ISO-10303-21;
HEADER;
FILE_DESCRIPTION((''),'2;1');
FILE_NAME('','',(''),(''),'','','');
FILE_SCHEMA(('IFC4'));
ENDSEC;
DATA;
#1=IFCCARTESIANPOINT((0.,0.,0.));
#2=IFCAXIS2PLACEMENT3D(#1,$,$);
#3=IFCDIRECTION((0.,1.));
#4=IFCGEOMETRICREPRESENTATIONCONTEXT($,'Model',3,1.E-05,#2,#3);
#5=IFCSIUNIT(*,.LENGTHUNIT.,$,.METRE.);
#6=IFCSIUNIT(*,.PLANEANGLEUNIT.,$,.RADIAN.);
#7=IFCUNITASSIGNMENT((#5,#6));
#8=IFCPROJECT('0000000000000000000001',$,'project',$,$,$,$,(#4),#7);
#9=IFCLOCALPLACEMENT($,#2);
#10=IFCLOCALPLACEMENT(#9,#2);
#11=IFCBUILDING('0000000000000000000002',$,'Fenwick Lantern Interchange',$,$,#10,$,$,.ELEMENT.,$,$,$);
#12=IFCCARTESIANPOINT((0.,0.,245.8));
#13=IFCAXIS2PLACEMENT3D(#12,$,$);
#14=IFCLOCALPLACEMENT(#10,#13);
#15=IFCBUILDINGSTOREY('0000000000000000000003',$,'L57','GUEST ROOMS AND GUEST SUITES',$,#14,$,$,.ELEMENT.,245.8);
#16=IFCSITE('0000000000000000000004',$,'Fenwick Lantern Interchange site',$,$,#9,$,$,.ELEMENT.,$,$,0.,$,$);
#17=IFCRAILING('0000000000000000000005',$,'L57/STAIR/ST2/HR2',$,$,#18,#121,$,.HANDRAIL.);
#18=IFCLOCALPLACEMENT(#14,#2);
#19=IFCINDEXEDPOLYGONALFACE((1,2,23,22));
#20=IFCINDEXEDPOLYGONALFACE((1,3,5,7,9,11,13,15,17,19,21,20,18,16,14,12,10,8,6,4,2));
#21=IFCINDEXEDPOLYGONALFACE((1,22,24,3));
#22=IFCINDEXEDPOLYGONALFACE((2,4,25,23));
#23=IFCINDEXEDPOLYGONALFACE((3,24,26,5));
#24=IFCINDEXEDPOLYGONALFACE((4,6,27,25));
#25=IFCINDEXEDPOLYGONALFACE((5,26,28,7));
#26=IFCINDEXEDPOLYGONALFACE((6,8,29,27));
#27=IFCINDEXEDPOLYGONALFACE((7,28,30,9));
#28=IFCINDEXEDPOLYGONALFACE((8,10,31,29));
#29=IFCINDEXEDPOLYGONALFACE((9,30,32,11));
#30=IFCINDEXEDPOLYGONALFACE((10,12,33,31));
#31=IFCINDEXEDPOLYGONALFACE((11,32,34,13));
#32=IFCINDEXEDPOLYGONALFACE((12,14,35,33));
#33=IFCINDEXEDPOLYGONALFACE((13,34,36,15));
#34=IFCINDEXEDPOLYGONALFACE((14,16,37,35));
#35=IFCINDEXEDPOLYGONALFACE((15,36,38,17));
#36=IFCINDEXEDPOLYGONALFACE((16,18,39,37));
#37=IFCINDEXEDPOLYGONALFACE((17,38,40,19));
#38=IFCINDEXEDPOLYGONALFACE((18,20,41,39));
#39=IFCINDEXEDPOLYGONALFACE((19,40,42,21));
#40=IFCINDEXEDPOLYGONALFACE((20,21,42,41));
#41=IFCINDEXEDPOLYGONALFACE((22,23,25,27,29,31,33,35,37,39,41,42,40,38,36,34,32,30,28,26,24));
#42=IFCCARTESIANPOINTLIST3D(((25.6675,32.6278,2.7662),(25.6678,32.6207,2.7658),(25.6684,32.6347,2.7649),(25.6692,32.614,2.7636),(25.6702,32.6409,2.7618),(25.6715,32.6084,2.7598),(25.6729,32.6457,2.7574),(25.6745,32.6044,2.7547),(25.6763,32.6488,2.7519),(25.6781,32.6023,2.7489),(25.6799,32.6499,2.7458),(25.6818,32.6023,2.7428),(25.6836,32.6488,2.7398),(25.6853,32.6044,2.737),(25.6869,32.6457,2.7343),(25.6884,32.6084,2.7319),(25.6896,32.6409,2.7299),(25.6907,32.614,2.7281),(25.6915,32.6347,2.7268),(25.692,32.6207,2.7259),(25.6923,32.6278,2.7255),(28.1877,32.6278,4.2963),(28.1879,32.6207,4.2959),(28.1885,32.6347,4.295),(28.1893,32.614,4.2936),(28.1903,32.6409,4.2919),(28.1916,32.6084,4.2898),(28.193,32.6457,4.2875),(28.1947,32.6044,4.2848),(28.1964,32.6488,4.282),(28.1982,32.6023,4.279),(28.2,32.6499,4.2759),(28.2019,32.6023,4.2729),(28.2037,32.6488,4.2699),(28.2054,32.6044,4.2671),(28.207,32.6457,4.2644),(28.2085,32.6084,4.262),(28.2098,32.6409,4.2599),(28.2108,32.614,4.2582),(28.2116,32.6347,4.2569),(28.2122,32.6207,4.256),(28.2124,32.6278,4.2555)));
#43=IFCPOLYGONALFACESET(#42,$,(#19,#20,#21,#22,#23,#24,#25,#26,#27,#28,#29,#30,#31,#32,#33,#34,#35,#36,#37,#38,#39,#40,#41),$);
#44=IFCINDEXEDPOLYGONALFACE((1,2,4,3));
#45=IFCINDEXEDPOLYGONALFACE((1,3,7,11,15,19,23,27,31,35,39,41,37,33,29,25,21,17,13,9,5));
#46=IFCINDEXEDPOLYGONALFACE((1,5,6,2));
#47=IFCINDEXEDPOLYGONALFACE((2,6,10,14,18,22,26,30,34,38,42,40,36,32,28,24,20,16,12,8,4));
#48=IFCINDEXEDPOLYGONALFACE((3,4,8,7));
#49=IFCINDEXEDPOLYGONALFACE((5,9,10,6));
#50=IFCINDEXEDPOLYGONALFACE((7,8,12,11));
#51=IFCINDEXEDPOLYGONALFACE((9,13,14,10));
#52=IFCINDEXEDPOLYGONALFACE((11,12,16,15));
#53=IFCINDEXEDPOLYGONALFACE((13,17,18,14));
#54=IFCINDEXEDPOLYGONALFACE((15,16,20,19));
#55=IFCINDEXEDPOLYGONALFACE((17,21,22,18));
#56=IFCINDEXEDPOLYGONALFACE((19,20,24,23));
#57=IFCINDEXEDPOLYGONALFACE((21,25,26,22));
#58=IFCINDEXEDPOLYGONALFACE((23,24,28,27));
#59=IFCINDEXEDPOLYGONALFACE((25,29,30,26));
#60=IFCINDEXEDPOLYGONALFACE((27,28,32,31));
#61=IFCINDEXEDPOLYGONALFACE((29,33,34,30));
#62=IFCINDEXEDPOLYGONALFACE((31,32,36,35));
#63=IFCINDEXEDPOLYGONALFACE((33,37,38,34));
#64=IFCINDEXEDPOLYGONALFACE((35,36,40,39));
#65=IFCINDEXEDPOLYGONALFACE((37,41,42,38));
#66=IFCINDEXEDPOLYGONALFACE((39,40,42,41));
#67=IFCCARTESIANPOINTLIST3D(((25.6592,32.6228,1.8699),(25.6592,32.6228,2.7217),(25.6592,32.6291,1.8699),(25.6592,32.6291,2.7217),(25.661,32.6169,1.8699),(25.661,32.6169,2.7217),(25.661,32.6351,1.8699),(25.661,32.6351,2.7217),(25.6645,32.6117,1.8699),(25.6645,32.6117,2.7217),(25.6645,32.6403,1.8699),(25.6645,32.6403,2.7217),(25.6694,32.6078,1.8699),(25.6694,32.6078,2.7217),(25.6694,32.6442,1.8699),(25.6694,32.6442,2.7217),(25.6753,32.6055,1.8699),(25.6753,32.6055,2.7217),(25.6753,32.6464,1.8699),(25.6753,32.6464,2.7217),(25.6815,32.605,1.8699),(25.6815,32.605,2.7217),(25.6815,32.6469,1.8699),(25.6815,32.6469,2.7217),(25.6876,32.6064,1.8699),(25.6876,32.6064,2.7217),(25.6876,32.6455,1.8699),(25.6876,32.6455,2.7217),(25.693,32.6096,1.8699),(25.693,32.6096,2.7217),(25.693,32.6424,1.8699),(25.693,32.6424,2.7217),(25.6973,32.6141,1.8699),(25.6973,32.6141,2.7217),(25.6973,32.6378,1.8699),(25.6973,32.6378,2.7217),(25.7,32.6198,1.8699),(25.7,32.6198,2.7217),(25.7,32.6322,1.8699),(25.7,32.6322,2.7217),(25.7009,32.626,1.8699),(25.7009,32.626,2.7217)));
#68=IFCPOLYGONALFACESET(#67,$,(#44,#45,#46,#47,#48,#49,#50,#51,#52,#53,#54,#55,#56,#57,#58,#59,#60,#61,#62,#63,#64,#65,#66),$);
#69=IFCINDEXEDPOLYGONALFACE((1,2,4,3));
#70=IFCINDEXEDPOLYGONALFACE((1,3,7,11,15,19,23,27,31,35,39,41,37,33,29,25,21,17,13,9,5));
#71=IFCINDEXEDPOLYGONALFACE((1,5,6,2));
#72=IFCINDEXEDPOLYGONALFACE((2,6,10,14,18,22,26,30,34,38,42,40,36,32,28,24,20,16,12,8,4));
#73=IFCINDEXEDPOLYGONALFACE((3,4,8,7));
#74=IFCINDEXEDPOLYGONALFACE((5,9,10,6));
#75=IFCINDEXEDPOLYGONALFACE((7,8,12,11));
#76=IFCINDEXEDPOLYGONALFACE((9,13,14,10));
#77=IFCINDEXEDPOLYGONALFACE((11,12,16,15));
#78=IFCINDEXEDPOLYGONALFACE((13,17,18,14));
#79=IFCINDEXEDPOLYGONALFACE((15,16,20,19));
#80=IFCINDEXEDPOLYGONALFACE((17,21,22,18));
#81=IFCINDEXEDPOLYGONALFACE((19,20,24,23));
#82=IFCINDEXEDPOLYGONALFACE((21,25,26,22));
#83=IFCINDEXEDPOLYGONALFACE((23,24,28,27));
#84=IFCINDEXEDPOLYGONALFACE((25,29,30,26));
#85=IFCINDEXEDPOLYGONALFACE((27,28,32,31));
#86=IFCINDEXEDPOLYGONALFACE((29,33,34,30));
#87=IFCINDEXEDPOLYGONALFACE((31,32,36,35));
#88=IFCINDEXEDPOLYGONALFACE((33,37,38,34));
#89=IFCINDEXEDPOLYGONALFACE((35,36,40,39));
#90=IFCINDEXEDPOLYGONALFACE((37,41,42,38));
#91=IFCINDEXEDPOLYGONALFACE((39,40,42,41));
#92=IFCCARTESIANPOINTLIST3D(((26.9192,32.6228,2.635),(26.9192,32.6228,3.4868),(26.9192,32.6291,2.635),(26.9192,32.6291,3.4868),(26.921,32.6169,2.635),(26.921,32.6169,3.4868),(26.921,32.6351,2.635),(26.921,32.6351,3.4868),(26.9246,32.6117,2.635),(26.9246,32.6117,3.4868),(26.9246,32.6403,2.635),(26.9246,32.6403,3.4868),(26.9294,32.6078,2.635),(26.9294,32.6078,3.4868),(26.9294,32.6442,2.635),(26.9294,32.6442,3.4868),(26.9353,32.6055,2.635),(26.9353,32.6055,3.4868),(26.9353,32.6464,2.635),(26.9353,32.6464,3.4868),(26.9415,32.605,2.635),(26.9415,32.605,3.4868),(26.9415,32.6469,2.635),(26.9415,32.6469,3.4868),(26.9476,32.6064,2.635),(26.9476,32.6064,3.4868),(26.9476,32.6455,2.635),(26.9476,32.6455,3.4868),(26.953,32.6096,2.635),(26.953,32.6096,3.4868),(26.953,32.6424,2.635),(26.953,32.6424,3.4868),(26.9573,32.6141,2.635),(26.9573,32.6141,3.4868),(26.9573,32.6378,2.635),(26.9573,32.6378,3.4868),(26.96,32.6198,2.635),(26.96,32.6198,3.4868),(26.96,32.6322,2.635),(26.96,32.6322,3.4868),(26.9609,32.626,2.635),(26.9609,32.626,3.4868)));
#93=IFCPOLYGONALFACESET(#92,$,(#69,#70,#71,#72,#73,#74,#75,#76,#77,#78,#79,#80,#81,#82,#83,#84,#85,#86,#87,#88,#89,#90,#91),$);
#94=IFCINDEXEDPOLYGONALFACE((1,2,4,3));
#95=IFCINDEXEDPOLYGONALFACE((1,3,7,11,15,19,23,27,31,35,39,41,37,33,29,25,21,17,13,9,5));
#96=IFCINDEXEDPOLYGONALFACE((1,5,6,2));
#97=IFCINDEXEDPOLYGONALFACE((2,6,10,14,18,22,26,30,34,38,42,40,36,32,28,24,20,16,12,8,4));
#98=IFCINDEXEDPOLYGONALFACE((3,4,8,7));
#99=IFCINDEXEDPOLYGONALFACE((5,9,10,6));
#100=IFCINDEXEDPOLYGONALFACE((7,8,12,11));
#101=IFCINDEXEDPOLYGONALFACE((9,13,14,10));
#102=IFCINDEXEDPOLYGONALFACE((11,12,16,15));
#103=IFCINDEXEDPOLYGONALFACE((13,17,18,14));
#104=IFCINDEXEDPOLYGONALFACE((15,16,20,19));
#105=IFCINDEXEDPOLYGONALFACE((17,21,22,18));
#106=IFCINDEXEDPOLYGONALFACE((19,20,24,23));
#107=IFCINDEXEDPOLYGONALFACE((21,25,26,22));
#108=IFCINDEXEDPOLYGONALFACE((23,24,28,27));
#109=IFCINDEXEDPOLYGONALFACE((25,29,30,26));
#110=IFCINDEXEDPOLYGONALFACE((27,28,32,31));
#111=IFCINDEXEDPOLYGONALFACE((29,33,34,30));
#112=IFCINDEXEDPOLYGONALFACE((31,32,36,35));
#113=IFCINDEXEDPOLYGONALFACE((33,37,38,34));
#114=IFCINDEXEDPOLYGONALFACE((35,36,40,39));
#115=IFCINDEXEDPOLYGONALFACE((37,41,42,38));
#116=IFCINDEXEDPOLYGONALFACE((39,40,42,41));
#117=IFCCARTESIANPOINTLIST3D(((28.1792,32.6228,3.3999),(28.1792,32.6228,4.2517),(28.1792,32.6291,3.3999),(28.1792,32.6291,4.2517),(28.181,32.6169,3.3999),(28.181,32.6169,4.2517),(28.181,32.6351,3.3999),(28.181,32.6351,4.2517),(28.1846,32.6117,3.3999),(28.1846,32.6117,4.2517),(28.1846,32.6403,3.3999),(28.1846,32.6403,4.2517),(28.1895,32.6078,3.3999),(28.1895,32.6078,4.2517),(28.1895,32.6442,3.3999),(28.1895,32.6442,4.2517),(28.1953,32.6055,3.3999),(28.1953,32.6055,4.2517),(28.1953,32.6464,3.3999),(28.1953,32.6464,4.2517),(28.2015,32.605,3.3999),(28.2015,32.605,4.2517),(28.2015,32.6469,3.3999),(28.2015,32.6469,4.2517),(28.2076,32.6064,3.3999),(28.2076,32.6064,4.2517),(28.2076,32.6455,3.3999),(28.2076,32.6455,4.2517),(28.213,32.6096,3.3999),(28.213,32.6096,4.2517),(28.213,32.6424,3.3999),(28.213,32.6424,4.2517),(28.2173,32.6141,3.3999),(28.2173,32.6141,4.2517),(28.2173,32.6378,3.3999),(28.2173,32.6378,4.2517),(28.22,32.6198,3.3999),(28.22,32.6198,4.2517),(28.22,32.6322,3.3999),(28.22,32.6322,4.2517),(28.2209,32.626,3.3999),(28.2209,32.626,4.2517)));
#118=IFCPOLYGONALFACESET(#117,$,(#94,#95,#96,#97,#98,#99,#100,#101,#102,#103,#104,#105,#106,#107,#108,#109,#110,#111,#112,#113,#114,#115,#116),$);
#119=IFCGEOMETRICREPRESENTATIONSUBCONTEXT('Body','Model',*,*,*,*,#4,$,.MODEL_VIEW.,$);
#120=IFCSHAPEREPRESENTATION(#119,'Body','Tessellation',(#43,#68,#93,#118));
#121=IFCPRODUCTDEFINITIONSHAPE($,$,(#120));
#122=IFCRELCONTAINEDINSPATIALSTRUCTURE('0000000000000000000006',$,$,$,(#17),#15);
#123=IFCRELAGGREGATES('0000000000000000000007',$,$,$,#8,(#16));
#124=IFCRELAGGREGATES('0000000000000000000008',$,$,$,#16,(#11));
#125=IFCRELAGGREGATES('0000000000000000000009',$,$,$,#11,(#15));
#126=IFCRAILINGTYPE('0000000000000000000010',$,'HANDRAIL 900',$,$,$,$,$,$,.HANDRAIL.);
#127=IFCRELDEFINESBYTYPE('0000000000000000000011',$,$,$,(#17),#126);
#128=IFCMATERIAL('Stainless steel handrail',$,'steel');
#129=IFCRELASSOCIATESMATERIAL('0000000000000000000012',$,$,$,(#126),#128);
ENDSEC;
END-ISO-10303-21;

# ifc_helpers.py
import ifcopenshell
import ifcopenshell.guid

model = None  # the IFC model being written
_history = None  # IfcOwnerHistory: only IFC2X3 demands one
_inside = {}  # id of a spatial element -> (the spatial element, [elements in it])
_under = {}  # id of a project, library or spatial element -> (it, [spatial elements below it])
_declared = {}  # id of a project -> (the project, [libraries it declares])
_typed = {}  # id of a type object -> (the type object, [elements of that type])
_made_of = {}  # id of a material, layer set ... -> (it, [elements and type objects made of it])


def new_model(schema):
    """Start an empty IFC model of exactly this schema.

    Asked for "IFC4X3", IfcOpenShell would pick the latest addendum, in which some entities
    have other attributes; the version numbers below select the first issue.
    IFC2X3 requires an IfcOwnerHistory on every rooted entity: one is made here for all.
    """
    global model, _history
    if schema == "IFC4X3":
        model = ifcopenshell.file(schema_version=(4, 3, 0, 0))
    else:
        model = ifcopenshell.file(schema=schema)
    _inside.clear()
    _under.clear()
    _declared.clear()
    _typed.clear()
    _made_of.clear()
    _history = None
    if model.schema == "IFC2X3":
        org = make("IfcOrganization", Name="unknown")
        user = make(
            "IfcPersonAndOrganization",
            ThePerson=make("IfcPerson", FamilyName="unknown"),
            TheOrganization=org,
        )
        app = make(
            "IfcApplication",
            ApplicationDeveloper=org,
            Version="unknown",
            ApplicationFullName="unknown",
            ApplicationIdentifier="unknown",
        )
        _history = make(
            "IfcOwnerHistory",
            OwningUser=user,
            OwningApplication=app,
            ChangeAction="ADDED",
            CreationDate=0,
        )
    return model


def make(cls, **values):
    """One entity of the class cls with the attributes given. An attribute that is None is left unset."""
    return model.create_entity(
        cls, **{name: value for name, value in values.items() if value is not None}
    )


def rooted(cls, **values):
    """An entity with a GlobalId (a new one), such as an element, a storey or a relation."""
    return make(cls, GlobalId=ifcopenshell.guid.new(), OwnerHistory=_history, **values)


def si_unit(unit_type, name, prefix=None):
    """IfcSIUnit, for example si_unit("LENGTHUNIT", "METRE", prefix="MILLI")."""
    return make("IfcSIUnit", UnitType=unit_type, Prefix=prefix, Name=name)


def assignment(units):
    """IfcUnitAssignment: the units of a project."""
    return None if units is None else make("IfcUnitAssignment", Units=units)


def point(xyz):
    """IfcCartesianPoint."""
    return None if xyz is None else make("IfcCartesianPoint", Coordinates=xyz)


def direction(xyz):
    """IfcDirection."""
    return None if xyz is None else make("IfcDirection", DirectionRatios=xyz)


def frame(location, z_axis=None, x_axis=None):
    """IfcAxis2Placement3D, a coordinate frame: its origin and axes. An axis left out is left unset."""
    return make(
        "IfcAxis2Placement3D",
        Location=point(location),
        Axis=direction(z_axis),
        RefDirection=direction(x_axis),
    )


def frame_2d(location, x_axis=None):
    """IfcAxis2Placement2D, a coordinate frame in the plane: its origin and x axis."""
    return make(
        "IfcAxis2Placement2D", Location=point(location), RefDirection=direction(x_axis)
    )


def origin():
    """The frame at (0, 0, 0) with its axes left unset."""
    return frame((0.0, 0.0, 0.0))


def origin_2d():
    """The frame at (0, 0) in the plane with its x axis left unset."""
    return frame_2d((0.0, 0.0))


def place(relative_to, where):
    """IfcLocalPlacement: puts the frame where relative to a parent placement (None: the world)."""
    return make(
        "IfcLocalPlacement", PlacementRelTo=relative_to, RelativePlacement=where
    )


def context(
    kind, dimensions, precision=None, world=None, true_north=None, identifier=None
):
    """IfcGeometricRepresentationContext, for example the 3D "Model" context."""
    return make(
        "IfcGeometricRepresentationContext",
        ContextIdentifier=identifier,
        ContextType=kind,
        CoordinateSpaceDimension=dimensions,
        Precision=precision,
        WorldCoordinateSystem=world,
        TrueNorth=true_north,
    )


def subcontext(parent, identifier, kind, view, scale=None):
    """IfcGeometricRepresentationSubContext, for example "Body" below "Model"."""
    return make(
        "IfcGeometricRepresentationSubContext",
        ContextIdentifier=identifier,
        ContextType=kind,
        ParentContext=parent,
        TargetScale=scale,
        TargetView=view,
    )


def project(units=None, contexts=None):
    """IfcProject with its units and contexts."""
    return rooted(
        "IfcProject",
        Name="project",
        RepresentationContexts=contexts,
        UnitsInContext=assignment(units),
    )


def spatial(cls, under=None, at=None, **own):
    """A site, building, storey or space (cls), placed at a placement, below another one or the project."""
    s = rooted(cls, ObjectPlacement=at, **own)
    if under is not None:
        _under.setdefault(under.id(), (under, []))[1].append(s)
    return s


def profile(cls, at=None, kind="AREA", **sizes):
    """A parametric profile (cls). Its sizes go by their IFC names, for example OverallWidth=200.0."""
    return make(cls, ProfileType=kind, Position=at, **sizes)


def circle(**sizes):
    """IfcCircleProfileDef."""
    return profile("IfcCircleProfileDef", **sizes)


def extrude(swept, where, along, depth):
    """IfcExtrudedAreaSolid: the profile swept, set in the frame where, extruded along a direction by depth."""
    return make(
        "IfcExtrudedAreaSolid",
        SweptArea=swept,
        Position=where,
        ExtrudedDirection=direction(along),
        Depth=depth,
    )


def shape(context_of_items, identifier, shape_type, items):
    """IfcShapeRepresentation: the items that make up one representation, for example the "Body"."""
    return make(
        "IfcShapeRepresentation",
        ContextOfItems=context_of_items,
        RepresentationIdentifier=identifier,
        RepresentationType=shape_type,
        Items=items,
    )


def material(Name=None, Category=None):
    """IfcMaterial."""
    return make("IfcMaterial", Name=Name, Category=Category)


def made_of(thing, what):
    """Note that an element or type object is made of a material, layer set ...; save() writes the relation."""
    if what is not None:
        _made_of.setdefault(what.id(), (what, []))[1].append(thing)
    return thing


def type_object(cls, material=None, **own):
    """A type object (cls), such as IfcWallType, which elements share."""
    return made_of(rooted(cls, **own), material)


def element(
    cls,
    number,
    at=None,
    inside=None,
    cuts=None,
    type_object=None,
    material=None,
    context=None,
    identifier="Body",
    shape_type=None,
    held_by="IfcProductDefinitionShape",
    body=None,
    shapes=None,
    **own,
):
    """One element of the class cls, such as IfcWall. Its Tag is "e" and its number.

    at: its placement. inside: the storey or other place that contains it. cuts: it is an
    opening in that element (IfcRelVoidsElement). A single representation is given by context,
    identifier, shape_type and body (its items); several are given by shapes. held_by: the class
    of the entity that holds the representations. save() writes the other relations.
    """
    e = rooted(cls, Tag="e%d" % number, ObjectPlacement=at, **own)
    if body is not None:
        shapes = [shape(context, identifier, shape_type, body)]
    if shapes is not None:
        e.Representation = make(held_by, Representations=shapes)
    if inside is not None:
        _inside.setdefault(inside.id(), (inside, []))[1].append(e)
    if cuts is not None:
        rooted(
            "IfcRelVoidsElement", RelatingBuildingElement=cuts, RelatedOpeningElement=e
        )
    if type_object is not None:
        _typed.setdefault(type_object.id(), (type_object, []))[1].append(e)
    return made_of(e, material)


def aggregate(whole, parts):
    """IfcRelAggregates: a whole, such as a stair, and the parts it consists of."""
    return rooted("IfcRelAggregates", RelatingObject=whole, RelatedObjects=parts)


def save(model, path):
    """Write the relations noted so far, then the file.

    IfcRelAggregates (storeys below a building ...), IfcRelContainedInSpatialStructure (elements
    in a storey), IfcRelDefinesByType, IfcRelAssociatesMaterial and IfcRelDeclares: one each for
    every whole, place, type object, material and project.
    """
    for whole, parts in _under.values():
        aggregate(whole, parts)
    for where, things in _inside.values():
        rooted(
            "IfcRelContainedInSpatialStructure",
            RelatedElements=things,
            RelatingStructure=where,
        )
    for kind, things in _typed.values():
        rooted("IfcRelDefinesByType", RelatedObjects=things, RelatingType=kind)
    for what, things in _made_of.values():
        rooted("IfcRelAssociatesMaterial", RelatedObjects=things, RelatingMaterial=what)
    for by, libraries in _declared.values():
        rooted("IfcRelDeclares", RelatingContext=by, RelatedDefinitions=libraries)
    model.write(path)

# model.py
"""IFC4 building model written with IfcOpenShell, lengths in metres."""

from ifc_helpers import new_model, si_unit, direction, frame, origin, origin_2d, place, context, subcontext, project, spatial, circle, extrude, material, type_object, element, save


model = new_model("IFC4")

# Units and contexts
model_context = context("Model", 3, precision=1e-05, world=origin(), true_north=direction((0.0, 1.0)))
body_context = subcontext(model_context, "Body", "Model", "MODEL_VIEW")
ifc_project = project(units=[si_unit("LENGTHUNIT", "METRE"), si_unit("PLANEANGLEUNIT", "RADIAN")], contexts=[model_context])

# Site, building, storey
site_placement = place(None, origin())
site = spatial("IfcSite", under=ifc_project, at=site_placement, Name="Fenwick Lantern Interchange site", CompositionType="ELEMENT", RefElevation=0.0)
building_placement = place(site_placement, origin())
building = spatial("IfcBuilding", under=site, at=building_placement, Name="Fenwick Lantern Interchange", CompositionType="ELEMENT")
storey_placement = place(building_placement, frame((0.0, 0.0, 245.8)))
storey = spatial("IfcBuildingStorey", under=building, at=storey_placement, Name="L57", Description="GUEST ROOMS AND GUEST SUITES", CompositionType="ELEMENT", Elevation=245.8)

# Railing
ifc_material_1 = material(Name="Stainless steel handrail", Category="steel")
railing_type = type_object("IfcRailingType", Name="HANDRAIL 900", PredefinedType="HANDRAIL", material=ifc_material_1)
railing_1_placement = place(storey_placement, frame((25.6799, 32.626, 1.8699)))
element("IfcRailing", 1, at=railing_1_placement, inside=storey, type_object=railing_type, Name="L57/STAIR/ST2/HR2", PredefinedType="HANDRAIL", context=body_context, shape_type="SweptSolid", body=[
    extrude(circle(Radius=0.0239, at=origin_2d()), frame((0.0, 0.0, 0.876), z_axis=(0.854785, 0.0, 0.518982), x_axis=(0.0, 1.0, 0.0)), (0.0, 0.0, 1.0), 2.9482),
    extrude(circle(Radius=0.021, at=origin_2d()), origin(), (0.0, 0.0, 1.0), 0.8518),
    extrude(circle(Radius=0.021, at=origin_2d()), frame((1.26, 0.0, 0.7651)), (0.0, 0.0, 1.0), 0.8518),
    extrude(circle(Radius=0.021, at=origin_2d()), frame((2.52, 0.0, 1.53)), (0.0, 0.0, 1.0), 0.8518),
])

save(model, "model.ifc")
